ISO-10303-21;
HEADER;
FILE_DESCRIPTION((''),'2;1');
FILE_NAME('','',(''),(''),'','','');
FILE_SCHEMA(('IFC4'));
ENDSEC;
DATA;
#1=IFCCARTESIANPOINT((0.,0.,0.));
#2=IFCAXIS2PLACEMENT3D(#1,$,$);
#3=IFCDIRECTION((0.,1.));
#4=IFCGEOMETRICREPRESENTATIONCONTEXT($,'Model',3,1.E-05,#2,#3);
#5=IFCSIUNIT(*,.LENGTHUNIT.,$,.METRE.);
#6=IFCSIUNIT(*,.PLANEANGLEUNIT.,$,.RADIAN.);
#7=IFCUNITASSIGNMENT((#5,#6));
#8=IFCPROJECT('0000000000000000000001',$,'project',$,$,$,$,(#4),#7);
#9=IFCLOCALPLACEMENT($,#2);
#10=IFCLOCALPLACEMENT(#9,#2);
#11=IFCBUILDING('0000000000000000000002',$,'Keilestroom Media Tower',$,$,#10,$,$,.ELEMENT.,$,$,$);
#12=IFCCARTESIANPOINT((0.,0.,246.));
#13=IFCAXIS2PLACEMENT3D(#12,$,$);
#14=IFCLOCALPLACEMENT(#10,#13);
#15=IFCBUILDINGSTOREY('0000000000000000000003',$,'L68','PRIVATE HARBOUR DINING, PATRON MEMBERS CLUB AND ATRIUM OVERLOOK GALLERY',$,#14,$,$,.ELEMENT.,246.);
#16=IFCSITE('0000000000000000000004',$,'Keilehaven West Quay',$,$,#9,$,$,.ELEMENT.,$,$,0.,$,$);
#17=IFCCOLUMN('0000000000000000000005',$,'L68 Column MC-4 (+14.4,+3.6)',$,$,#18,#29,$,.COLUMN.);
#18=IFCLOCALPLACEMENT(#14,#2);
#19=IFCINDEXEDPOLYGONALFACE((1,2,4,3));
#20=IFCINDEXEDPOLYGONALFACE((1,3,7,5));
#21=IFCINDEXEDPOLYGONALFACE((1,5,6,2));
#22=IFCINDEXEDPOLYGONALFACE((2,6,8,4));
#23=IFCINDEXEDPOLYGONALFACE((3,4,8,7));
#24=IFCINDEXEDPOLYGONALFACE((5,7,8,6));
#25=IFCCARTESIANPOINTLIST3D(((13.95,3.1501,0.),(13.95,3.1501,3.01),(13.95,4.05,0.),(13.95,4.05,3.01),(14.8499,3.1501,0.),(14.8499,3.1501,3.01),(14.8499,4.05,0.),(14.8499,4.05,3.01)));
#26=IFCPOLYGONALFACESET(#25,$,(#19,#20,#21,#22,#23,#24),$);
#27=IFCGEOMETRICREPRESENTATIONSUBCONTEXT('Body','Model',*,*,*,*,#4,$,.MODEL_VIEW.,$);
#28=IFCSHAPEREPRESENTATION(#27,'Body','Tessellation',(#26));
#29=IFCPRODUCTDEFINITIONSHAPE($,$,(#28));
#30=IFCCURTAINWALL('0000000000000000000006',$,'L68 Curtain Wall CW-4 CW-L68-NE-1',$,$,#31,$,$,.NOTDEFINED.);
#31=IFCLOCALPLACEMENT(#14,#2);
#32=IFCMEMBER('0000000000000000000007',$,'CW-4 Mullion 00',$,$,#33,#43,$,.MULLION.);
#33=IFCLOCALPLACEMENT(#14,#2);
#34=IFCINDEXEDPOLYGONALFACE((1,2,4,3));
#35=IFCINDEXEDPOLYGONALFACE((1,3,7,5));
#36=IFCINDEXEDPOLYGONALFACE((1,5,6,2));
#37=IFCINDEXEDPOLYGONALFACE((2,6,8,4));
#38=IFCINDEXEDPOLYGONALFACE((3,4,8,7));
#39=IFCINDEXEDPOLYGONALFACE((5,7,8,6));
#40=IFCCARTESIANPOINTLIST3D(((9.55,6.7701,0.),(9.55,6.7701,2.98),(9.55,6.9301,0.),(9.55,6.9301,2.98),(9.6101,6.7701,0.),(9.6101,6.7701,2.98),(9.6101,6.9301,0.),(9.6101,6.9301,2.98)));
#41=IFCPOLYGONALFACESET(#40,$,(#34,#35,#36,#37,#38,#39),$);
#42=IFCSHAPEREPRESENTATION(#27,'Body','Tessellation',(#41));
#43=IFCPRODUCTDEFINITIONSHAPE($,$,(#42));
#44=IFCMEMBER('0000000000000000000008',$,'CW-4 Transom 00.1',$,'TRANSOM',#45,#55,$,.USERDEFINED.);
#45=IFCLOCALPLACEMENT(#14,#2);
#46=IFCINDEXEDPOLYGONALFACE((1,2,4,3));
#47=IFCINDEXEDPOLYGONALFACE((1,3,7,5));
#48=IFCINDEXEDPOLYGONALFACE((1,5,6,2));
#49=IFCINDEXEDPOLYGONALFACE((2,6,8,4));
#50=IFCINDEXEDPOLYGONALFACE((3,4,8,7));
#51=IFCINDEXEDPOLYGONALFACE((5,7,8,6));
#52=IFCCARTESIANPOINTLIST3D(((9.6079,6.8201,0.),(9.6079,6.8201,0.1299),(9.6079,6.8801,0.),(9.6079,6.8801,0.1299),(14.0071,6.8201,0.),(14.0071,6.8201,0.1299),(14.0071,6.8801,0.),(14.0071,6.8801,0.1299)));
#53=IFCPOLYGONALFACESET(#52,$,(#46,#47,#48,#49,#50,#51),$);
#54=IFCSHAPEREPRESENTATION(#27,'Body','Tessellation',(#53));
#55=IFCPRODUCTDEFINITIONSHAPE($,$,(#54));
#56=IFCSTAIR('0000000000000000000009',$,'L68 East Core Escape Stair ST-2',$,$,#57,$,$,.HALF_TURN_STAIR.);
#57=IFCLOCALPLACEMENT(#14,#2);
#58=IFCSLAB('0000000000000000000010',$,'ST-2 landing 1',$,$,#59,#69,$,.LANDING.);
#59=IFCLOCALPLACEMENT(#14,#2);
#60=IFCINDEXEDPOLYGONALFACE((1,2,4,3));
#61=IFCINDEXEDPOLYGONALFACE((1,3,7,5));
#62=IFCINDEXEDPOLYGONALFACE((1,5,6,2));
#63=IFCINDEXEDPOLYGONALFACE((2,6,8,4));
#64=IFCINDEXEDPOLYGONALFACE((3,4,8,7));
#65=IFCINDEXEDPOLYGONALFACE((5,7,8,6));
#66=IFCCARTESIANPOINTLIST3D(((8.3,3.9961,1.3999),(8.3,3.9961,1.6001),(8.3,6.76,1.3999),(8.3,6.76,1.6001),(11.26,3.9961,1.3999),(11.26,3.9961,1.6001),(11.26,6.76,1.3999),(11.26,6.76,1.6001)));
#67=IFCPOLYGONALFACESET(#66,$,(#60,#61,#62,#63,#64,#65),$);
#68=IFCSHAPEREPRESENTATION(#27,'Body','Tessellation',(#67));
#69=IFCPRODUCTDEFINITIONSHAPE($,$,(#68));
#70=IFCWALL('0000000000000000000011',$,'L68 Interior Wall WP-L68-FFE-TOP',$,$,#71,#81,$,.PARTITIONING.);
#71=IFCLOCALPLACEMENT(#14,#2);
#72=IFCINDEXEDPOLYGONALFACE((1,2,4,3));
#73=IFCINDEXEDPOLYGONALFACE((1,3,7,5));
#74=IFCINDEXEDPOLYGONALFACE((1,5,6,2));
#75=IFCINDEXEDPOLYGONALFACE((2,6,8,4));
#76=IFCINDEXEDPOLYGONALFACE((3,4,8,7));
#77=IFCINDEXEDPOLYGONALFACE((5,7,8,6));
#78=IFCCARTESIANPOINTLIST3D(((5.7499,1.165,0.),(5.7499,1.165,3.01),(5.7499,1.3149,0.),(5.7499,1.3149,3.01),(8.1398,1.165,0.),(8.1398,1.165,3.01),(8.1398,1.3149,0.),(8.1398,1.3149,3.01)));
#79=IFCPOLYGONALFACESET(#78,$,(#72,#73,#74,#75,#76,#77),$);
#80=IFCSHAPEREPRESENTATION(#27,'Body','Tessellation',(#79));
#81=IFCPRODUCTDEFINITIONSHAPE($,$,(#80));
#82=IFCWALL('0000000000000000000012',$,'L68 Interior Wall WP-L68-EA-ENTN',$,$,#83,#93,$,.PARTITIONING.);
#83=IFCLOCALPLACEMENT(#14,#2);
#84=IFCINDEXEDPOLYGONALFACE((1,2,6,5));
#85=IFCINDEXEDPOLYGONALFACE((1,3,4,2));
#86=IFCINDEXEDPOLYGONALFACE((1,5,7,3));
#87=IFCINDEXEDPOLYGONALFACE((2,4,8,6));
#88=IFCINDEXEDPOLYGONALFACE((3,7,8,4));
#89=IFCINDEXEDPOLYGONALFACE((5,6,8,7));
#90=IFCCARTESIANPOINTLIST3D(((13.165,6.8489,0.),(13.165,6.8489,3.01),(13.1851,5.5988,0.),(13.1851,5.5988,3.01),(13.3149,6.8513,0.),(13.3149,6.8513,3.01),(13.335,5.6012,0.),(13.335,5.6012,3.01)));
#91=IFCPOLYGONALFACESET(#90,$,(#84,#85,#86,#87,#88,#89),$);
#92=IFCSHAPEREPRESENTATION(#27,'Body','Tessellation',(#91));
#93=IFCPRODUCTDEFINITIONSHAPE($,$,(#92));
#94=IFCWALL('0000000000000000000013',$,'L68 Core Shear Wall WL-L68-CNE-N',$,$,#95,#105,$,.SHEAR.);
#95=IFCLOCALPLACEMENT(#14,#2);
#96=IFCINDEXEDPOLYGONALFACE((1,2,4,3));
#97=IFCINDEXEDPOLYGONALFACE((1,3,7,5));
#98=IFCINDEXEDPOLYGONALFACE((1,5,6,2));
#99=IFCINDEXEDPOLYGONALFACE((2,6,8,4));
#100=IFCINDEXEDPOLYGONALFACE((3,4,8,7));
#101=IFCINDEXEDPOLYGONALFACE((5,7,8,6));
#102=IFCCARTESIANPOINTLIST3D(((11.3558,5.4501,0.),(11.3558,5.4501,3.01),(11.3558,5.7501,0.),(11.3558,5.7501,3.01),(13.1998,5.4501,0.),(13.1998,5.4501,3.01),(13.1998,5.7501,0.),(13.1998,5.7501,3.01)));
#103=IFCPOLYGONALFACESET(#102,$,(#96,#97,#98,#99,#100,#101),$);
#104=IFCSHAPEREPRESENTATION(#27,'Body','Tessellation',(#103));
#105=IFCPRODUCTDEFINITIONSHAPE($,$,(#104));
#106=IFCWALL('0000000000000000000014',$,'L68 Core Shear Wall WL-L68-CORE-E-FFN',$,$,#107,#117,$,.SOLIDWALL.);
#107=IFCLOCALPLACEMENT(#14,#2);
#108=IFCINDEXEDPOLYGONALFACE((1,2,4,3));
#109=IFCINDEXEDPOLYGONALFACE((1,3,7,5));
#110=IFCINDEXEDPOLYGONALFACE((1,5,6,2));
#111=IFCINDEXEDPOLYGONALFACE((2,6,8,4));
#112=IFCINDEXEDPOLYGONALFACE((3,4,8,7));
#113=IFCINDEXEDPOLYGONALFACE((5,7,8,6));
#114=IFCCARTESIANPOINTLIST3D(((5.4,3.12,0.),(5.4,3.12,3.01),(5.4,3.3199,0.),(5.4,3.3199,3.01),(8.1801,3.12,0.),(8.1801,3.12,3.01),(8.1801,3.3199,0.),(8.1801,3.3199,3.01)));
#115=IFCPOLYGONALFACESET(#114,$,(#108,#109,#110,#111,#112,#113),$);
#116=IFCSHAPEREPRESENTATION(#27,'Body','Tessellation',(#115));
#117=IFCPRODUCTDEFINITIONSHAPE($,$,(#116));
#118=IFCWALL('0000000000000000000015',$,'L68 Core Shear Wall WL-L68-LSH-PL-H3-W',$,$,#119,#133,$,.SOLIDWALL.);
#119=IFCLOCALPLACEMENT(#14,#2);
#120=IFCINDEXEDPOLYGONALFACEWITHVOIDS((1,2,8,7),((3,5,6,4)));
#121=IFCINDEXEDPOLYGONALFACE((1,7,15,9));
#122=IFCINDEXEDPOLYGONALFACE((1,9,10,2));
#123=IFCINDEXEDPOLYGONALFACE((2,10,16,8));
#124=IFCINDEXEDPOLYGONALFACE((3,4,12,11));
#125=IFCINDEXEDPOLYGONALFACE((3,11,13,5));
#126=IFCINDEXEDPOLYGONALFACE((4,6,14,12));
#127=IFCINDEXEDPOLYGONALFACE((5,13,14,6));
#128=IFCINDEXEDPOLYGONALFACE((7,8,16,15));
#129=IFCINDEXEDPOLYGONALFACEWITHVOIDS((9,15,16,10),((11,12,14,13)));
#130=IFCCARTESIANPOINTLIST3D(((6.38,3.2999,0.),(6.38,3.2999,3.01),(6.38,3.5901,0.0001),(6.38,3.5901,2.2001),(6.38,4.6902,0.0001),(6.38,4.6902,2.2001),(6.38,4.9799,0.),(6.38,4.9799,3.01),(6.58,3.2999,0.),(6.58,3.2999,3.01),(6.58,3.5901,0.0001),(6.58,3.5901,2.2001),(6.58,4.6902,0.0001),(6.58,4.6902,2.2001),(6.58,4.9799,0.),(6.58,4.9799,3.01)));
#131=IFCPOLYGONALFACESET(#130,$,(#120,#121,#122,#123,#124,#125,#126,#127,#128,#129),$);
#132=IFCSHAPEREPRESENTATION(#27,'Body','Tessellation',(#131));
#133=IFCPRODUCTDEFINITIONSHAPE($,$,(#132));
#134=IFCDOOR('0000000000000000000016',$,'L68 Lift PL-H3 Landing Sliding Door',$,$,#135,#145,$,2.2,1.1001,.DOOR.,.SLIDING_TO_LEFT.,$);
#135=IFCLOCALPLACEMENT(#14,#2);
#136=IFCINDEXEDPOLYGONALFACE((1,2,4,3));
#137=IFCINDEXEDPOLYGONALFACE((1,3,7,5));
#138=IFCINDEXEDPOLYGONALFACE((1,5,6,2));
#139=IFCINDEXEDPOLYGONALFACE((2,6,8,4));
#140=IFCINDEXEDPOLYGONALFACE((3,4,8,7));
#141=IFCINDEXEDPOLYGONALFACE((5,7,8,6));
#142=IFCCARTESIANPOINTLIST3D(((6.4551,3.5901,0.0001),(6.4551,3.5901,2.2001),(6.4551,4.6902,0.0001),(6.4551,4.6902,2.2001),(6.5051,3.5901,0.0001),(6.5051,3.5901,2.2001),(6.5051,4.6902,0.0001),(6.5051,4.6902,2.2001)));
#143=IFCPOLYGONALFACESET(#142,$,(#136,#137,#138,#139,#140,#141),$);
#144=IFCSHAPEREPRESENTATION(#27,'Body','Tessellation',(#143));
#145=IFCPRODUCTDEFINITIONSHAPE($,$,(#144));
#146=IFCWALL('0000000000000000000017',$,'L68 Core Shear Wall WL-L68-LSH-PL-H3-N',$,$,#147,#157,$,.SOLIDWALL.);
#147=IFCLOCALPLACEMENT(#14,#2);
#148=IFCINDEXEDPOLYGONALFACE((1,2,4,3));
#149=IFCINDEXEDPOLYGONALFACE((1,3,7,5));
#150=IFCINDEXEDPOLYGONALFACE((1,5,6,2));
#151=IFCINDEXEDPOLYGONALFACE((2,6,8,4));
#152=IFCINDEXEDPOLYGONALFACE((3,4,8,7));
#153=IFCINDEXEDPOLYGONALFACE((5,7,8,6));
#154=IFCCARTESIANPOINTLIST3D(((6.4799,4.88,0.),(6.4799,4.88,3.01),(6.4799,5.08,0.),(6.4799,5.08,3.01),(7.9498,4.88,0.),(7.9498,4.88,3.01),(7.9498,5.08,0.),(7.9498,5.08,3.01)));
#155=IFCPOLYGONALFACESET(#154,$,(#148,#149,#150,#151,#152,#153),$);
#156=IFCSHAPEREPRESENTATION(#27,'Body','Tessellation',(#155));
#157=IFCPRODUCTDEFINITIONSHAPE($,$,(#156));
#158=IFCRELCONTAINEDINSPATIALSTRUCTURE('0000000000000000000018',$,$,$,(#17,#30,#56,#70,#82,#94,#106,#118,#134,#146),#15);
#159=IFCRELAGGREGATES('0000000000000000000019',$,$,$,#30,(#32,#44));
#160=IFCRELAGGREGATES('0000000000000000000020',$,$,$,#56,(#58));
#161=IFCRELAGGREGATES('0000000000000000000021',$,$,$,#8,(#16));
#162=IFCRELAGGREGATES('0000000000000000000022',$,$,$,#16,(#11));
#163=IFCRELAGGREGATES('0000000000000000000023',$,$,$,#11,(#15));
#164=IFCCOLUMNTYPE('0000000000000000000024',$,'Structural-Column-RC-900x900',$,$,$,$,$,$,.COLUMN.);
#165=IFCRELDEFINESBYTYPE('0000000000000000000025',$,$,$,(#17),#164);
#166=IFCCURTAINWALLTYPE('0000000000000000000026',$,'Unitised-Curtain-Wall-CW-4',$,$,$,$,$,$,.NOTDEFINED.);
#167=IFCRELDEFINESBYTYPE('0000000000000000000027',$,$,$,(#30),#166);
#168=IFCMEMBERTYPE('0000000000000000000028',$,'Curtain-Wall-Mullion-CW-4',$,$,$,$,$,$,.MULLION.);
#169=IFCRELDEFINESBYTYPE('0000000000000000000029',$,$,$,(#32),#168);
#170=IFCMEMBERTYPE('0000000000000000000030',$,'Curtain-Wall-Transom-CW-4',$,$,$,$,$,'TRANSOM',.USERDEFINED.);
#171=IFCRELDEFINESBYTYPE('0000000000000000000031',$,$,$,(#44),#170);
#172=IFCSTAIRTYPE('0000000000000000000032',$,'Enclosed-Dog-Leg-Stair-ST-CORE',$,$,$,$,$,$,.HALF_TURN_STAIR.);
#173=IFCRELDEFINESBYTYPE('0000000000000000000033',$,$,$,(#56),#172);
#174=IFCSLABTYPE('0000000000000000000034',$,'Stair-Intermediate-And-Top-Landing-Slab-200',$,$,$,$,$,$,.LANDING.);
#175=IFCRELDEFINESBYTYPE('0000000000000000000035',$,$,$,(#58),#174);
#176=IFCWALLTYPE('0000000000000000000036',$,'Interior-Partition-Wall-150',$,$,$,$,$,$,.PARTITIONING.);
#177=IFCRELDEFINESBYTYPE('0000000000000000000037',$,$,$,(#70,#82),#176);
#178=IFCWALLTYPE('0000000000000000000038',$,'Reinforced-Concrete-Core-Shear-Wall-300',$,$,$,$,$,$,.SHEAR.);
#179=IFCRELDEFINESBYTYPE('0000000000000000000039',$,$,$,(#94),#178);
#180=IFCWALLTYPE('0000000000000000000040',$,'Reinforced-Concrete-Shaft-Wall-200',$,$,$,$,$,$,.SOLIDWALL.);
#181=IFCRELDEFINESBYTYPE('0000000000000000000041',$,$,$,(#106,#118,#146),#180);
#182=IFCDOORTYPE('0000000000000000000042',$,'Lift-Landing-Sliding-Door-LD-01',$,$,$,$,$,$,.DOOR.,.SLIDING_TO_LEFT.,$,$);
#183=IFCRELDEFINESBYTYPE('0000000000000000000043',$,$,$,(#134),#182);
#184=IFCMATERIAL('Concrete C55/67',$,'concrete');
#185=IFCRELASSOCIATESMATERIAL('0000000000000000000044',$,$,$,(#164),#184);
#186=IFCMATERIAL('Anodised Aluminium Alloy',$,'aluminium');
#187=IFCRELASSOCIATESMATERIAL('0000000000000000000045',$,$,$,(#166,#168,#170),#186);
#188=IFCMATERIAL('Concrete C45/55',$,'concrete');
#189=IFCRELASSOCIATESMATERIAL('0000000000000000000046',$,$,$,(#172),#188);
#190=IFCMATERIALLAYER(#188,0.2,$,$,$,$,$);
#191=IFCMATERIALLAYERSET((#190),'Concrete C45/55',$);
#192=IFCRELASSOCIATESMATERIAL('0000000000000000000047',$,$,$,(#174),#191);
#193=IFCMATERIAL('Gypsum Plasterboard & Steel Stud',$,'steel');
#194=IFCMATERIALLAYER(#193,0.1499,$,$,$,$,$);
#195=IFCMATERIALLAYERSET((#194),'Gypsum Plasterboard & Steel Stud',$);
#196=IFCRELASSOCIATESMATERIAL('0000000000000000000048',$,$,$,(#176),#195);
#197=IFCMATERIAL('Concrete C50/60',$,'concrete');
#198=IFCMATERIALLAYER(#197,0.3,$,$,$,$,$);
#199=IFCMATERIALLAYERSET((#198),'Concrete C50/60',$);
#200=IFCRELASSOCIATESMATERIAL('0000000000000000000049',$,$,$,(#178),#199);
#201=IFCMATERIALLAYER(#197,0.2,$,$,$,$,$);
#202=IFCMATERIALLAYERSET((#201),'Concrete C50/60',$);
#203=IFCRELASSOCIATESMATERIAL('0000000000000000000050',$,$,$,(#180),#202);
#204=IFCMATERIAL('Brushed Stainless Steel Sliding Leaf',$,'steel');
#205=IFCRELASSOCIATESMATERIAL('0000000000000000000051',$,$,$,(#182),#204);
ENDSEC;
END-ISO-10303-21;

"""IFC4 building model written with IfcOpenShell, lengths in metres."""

from ifc_helpers import new_model, si_unit, direction, frame, frame_2d, origin, origin_2d, place, context, subcontext, project, spatial, polyline, rectangle, outline, extrude, source, transform, mapped, material, layer, layer_set, material_profile, profile_set, type_object, element, fill, aggregate, save


model = new_model("IFC4")

# Units and contexts
model_context = context("Model", 3, precision=1e-05, world=origin(), true_north=direction((0.0, 1.0)))
body_context = subcontext(model_context, "Body", "Model", "MODEL_VIEW")
ifc_project = project(units=[si_unit("LENGTHUNIT", "METRE"), si_unit("PLANEANGLEUNIT", "RADIAN")], contexts=[model_context])

# Site, building, storey
site_placement = place(None, origin())
site = spatial("IfcSite", under=ifc_project, at=site_placement, Name="Keilehaven West Quay", CompositionType="ELEMENT", RefElevation=0.0)
building_placement = place(site_placement, origin())
building = spatial("IfcBuilding", under=site, at=building_placement, Name="Keilestroom Media Tower", CompositionType="ELEMENT")
storey_placement = place(building_placement, frame((0.0, 0.0, 246.0)))
storey = spatial("IfcBuildingStorey", under=building, at=storey_placement, Name="L68", Description="PRIVATE HARBOUR DINING, PATRON MEMBERS CLUB AND ATRIUM OVERLOOK GALLERY", CompositionType="ELEMENT", Elevation=246.0)

# Column
ifc_material_1 = material(Name="Concrete C55/67", Category="concrete")
ifc_material_profile_1 = material_profile(ifc_material_1, rectangle(XDim=0.8999, YDim=0.8999, at=origin_2d()), Name="RC 900x900")
ifc_profile_set_1 = profile_set([ifc_material_profile_1], Name="Concrete C55/67")
column_type = type_object("IfcColumnType", Name="Structural-Column-RC-900x900", PredefinedType="COLUMN", material=ifc_profile_set_1)
shared_shape_1 = source(origin(), body_context, "Body", "SweptSolid", [
    extrude(rectangle(XDim=0.8999, YDim=0.8999, at=origin_2d()), origin(), (0.0, 0.0, 1.0), 3.01),
])
column_placement = place(storey_placement, frame((14.3999, 3.6001, 0.0), z_axis=(0.0, 0.0, 1.0), x_axis=(1.0, 0.0, 0.0)))
element("IfcColumn", 1, at=column_placement, inside=storey, type_object=column_type, Name="L68 Column MC-4 (+14.4,+3.6)", PredefinedType="COLUMN", context=body_context, shape_type="MappedRepresentation", body=[
    mapped(shared_shape_1, transform((0.0, 0.0, 0.0), x_axis=(1.0, 0.0, 0.0), y_axis=(0.0, 1.0, 0.0), z_axis=(0.0, 0.0, 1.0), scale=1.0)),
])

# Curtain wall, members
ifc_material_2 = material(Name="Anodised Aluminium Alloy", Category="aluminium")
curtain_wall_type = type_object("IfcCurtainWallType", Name="Unitised-Curtain-Wall-CW-4", PredefinedType="NOTDEFINED", material=ifc_material_2)
curtain_wall_placement = place(storey_placement, origin())
curtain_wall = element("IfcCurtainWall", 2, at=curtain_wall_placement, inside=storey, type_object=curtain_wall_type, Name="L68 Curtain Wall CW-4 CW-L68-NE-1", PredefinedType="NOTDEFINED")
ifc_material_profile_2 = material_profile(ifc_material_2, rectangle(XDim=0.0601, YDim=0.1599, at=origin_2d()), Name="ALU MULLION 60x160")
ifc_profile_set_2 = profile_set([ifc_material_profile_2], Name="Anodised Aluminium Alloy")
member_type_1 = type_object("IfcMemberType", Name="Curtain-Wall-Mullion-CW-4", PredefinedType="MULLION", material=ifc_profile_set_2)
shared_shape_2 = source(origin(), body_context, "Body", "SweptSolid", [
    extrude(rectangle(XDim=0.0601, YDim=0.1599, at=origin_2d()), origin(), (0.0, 0.0, 1.0), 2.98),
])
member_1_placement = place(storey_placement, frame((9.5801, 6.8501, 0.0), z_axis=(0.0, 0.0, 1.0), x_axis=(1.0, 0.0, 0.0)))
member_1 = element("IfcMember", 3, at=member_1_placement, type_object=member_type_1, Name="CW-4 Mullion 00", PredefinedType="MULLION", context=body_context, shape_type="MappedRepresentation", body=[
    mapped(shared_shape_2, transform((0.0, 0.0, 0.0), x_axis=(1.0, 0.0, 0.0), y_axis=(0.0, 1.0, 0.0), z_axis=(0.0, 0.0, 1.0), scale=1.0)),
])
ifc_material_profile_3 = material_profile(ifc_material_2, rectangle(XDim=0.0601, YDim=0.1299, at=origin_2d()), Name="ALU TRANSOM 60x130")
ifc_profile_set_3 = profile_set([ifc_material_profile_3], Name="Anodised Aluminium Alloy")
member_type_2 = type_object("IfcMemberType", Name="Curtain-Wall-Transom-CW-4", ElementType="TRANSOM", PredefinedType="USERDEFINED", material=ifc_profile_set_3)
shared_shape_3 = source(origin(), body_context, "Body", "SweptSolid", [
    extrude(rectangle(XDim=0.0601, YDim=0.1299, at=origin_2d()), origin(), (0.0, 0.0, 1.0), 4.3992),
])
member_2_placement = place(storey_placement, frame((9.6079, 6.8501, 0.0649), z_axis=(1.0, 0.0, 0.0), x_axis=(0.0, 1.0, 0.0)))
member_2 = element("IfcMember", 4, at=member_2_placement, type_object=member_type_2, Name="CW-4 Transom 00.1", ObjectType="TRANSOM", PredefinedType="USERDEFINED", context=body_context, shape_type="MappedRepresentation", body=[
    mapped(shared_shape_3, transform((0.0, 0.0, 0.0), x_axis=(1.0, 0.0, 0.0), y_axis=(0.0, 1.0, 0.0), z_axis=(0.0, 0.0, 1.0), scale=1.0)),
])
aggregate(curtain_wall, [member_1, member_2])

# Stair, slab
ifc_material_3 = material(Name="Concrete C45/55", Category="concrete")
stair_type = type_object("IfcStairType", Name="Enclosed-Dog-Leg-Stair-ST-CORE", PredefinedType="HALF_TURN_STAIR", material=ifc_material_3)
stair_placement = place(storey_placement, origin())
stair = element("IfcStair", 5, at=stair_placement, inside=storey, type_object=stair_type, Name="L68 East Core Escape Stair ST-2", PredefinedType="HALF_TURN_STAIR")
ifc_layer_1 = layer(ifc_material_3, 0.2)
ifc_layer_set_1 = layer_set([ifc_layer_1], Name="Concrete C45/55")
slab_type = type_object("IfcSlabType", Name="Stair-Intermediate-And-Top-Landing-Slab-200", PredefinedType="LANDING", material=ifc_layer_set_1)
slab_placement = place(storey_placement, frame((0.0, 0.0, 1.3999)))
slab = element("IfcSlab", 6, at=slab_placement, type_object=slab_type, Name="ST-2 landing 1", PredefinedType="LANDING", context=body_context, shape_type="SweptSolid", body=[
    extrude(outline(polyline([(11.26, 3.9961), (11.26, 6.76), (8.3, 6.76), (8.3, 3.9961), (11.26, 3.9961)])), origin(), (0.0, 0.0, 1.0), 0.2002),
])

# Walls
ifc_material_4 = material(Name="Gypsum Plasterboard & Steel Stud", Category="steel")
ifc_layer_2 = layer(ifc_material_4, 0.1499)
ifc_layer_set_2 = layer_set([ifc_layer_2], Name="Gypsum Plasterboard & Steel Stud")
wall_type_1 = type_object("IfcWallType", Name="Interior-Partition-Wall-150", PredefinedType="PARTITIONING", material=ifc_layer_set_2)
wall_1_placement = place(storey_placement, frame((5.75, 1.24, 0.0), z_axis=(0.0, 0.0, 1.0), x_axis=(1.0, 0.0, 0.0)))
element("IfcWall", 7, at=wall_1_placement, inside=storey, type_object=wall_type_1, Name="L68 Interior Wall WP-L68-FFE-TOP", PredefinedType="PARTITIONING", context=body_context, shape_type="SweptSolid", body=[
    extrude(rectangle(XDim=2.3899, YDim=0.1499, at=frame_2d((1.1948, 0.0))), origin(), (0.0, 0.0, 1.0), 3.01),
])
wall_2_placement = place(storey_placement, frame((13.26, 5.6001, 0.0), z_axis=(0.0, 0.0, 1.0), x_axis=(-0.016014, 0.999872, 0.0)))
element("IfcWall", 8, at=wall_2_placement, inside=storey, type_object=wall_type_1, Name="L68 Interior Wall WP-L68-EA-ENTN", PredefinedType="PARTITIONING", context=body_context, shape_type="SweptSolid", body=[
    extrude(rectangle(XDim=1.2502, YDim=0.1499, at=frame_2d((0.625, 0.0))), origin(), (0.0, 0.0, 1.0), 3.01),
])
ifc_material_5 = material(Name="Concrete C50/60", Category="concrete")
ifc_layer_3 = layer(ifc_material_5, 0.3)
ifc_layer_set_3 = layer_set([ifc_layer_3], Name="Concrete C50/60")
wall_type_2 = type_object("IfcWallType", Name="Reinforced-Concrete-Core-Shear-Wall-300", PredefinedType="SHEAR", material=ifc_layer_set_3)
wall_3_placement = place(storey_placement, frame((11.356, 5.6001, 0.0), z_axis=(0.0, 0.0, 1.0), x_axis=(1.0, 0.0, 0.0)))
element("IfcWall", 9, at=wall_3_placement, inside=storey, type_object=wall_type_2, Name="L68 Core Shear Wall WL-L68-CNE-N", PredefinedType="SHEAR", context=body_context, shape_type="SweptSolid", body=[
    extrude(rectangle(XDim=1.844, YDim=0.3, at=frame_2d((0.9219, 0.0))), origin(), (0.0, 0.0, 1.0), 3.01),
])
ifc_layer_4 = layer(ifc_material_5, 0.2)
ifc_layer_set_4 = layer_set([ifc_layer_4], Name="Concrete C50/60")
wall_type_3 = type_object("IfcWallType", Name="Reinforced-Concrete-Shaft-Wall-200", PredefinedType="SOLIDWALL", material=ifc_layer_set_4)
wall_4_placement = place(storey_placement, frame((5.3999, 3.22, 0.0), z_axis=(0.0, 0.0, 1.0), x_axis=(1.0, 0.0, 0.0)))
element("IfcWall", 10, at=wall_4_placement, inside=storey, type_object=wall_type_3, Name="L68 Core Shear Wall WL-L68-CORE-E-FFN", PredefinedType="SOLIDWALL", context=body_context, shape_type="SweptSolid", body=[
    extrude(rectangle(XDim=2.78, YDim=0.2, at=frame_2d((1.3901, 0.0))), origin(), (0.0, 0.0, 1.0), 3.01),
])

# Wall, opening, door
wall_5_placement = place(storey_placement, frame((6.48, 3.3, 0.0), z_axis=(0.0, 0.0, 1.0), x_axis=(0.0, 1.0, 0.0)))
wall_5 = element("IfcWall", 11, at=wall_5_placement, inside=storey, type_object=wall_type_3, Name="L68 Core Shear Wall WL-L68-LSH-PL-H3-W", PredefinedType="SOLIDWALL", context=body_context, shape_type="SweptSolid", body=[
    extrude(rectangle(XDim=1.6799, YDim=0.2, at=frame_2d((0.8398, 0.0))), origin(), (0.0, 0.0, 1.0), 3.01),
])
opening_1_placement = place(wall_5_placement, frame((0.29, 0.0, 0.0)))
opening_1 = element("IfcOpeningElement", 12, at=opening_1_placement, cuts=wall_5, PredefinedType="OPENING", context=body_context, shape_type="SweptSolid", body=[
    extrude(rectangle(XDim=1.1001, YDim=2.2, at=frame_2d((0.55, 1.1001))), frame((0.0, 0.1099, 0.0), z_axis=(0.0, -1.0, 0.0), x_axis=(1.0, 0.0, 0.0)), (0.0, 0.0, 1.0), 0.22),
])
ifc_material_6 = material(Name="Brushed Stainless Steel Sliding Leaf", Category="steel")
door_type = type_object("IfcDoorType", Name="Lift-Landing-Sliding-Door-LD-01", OperationType="SLIDING_TO_LEFT", PredefinedType="DOOR", material=ifc_material_6)
shared_shape_4 = source(origin(), body_context, "Body", "SweptSolid", [
    extrude(rectangle(XDim=1.1001, YDim=2.2, at=frame_2d((0.55, 1.1001))), frame((0.0, 0.0249, 0.0), z_axis=(0.0, -1.0, 0.0), x_axis=(1.0, 0.0, 0.0)), (0.0, 0.0, 1.0), 0.05),
])
door_1_placement = place(opening_1_placement, origin())
door_1 = element("IfcDoor", 13, at=door_1_placement, inside=storey, type_object=door_type, Name="L68 Lift PL-H3 Landing Sliding Door", OperationType="SLIDING_TO_LEFT", OverallHeight=2.2, OverallWidth=1.1001, PredefinedType="DOOR", context=body_context, shape_type="MappedRepresentation", body=[
    mapped(shared_shape_4, transform((0.0, 0.0, 0.0), x_axis=(1.0, 0.0, 0.0), y_axis=(0.0, 1.0, 0.0), z_axis=(0.0, 0.0, 1.0), scale=1.0)),
])
fill(opening_1, door_1)

# Wall
wall_6_placement = place(storey_placement, frame((6.48, 4.98, 0.0), z_axis=(0.0, 0.0, 1.0), x_axis=(1.0, 0.0, 0.0)))
element("IfcWall", 14, at=wall_6_placement, inside=storey, type_object=wall_type_3, Name="L68 Core Shear Wall WL-L68-LSH-PL-H3-N", PredefinedType="SOLIDWALL", context=body_context, shape_type="SweptSolid", body=[
    extrude(rectangle(XDim=1.47, YDim=0.2, at=frame_2d((0.7349, 0.0))), origin(), (0.0, 0.0, 1.0), 3.01),
])

aggregate(stair, [slab])

save(model, "model.ifc")
